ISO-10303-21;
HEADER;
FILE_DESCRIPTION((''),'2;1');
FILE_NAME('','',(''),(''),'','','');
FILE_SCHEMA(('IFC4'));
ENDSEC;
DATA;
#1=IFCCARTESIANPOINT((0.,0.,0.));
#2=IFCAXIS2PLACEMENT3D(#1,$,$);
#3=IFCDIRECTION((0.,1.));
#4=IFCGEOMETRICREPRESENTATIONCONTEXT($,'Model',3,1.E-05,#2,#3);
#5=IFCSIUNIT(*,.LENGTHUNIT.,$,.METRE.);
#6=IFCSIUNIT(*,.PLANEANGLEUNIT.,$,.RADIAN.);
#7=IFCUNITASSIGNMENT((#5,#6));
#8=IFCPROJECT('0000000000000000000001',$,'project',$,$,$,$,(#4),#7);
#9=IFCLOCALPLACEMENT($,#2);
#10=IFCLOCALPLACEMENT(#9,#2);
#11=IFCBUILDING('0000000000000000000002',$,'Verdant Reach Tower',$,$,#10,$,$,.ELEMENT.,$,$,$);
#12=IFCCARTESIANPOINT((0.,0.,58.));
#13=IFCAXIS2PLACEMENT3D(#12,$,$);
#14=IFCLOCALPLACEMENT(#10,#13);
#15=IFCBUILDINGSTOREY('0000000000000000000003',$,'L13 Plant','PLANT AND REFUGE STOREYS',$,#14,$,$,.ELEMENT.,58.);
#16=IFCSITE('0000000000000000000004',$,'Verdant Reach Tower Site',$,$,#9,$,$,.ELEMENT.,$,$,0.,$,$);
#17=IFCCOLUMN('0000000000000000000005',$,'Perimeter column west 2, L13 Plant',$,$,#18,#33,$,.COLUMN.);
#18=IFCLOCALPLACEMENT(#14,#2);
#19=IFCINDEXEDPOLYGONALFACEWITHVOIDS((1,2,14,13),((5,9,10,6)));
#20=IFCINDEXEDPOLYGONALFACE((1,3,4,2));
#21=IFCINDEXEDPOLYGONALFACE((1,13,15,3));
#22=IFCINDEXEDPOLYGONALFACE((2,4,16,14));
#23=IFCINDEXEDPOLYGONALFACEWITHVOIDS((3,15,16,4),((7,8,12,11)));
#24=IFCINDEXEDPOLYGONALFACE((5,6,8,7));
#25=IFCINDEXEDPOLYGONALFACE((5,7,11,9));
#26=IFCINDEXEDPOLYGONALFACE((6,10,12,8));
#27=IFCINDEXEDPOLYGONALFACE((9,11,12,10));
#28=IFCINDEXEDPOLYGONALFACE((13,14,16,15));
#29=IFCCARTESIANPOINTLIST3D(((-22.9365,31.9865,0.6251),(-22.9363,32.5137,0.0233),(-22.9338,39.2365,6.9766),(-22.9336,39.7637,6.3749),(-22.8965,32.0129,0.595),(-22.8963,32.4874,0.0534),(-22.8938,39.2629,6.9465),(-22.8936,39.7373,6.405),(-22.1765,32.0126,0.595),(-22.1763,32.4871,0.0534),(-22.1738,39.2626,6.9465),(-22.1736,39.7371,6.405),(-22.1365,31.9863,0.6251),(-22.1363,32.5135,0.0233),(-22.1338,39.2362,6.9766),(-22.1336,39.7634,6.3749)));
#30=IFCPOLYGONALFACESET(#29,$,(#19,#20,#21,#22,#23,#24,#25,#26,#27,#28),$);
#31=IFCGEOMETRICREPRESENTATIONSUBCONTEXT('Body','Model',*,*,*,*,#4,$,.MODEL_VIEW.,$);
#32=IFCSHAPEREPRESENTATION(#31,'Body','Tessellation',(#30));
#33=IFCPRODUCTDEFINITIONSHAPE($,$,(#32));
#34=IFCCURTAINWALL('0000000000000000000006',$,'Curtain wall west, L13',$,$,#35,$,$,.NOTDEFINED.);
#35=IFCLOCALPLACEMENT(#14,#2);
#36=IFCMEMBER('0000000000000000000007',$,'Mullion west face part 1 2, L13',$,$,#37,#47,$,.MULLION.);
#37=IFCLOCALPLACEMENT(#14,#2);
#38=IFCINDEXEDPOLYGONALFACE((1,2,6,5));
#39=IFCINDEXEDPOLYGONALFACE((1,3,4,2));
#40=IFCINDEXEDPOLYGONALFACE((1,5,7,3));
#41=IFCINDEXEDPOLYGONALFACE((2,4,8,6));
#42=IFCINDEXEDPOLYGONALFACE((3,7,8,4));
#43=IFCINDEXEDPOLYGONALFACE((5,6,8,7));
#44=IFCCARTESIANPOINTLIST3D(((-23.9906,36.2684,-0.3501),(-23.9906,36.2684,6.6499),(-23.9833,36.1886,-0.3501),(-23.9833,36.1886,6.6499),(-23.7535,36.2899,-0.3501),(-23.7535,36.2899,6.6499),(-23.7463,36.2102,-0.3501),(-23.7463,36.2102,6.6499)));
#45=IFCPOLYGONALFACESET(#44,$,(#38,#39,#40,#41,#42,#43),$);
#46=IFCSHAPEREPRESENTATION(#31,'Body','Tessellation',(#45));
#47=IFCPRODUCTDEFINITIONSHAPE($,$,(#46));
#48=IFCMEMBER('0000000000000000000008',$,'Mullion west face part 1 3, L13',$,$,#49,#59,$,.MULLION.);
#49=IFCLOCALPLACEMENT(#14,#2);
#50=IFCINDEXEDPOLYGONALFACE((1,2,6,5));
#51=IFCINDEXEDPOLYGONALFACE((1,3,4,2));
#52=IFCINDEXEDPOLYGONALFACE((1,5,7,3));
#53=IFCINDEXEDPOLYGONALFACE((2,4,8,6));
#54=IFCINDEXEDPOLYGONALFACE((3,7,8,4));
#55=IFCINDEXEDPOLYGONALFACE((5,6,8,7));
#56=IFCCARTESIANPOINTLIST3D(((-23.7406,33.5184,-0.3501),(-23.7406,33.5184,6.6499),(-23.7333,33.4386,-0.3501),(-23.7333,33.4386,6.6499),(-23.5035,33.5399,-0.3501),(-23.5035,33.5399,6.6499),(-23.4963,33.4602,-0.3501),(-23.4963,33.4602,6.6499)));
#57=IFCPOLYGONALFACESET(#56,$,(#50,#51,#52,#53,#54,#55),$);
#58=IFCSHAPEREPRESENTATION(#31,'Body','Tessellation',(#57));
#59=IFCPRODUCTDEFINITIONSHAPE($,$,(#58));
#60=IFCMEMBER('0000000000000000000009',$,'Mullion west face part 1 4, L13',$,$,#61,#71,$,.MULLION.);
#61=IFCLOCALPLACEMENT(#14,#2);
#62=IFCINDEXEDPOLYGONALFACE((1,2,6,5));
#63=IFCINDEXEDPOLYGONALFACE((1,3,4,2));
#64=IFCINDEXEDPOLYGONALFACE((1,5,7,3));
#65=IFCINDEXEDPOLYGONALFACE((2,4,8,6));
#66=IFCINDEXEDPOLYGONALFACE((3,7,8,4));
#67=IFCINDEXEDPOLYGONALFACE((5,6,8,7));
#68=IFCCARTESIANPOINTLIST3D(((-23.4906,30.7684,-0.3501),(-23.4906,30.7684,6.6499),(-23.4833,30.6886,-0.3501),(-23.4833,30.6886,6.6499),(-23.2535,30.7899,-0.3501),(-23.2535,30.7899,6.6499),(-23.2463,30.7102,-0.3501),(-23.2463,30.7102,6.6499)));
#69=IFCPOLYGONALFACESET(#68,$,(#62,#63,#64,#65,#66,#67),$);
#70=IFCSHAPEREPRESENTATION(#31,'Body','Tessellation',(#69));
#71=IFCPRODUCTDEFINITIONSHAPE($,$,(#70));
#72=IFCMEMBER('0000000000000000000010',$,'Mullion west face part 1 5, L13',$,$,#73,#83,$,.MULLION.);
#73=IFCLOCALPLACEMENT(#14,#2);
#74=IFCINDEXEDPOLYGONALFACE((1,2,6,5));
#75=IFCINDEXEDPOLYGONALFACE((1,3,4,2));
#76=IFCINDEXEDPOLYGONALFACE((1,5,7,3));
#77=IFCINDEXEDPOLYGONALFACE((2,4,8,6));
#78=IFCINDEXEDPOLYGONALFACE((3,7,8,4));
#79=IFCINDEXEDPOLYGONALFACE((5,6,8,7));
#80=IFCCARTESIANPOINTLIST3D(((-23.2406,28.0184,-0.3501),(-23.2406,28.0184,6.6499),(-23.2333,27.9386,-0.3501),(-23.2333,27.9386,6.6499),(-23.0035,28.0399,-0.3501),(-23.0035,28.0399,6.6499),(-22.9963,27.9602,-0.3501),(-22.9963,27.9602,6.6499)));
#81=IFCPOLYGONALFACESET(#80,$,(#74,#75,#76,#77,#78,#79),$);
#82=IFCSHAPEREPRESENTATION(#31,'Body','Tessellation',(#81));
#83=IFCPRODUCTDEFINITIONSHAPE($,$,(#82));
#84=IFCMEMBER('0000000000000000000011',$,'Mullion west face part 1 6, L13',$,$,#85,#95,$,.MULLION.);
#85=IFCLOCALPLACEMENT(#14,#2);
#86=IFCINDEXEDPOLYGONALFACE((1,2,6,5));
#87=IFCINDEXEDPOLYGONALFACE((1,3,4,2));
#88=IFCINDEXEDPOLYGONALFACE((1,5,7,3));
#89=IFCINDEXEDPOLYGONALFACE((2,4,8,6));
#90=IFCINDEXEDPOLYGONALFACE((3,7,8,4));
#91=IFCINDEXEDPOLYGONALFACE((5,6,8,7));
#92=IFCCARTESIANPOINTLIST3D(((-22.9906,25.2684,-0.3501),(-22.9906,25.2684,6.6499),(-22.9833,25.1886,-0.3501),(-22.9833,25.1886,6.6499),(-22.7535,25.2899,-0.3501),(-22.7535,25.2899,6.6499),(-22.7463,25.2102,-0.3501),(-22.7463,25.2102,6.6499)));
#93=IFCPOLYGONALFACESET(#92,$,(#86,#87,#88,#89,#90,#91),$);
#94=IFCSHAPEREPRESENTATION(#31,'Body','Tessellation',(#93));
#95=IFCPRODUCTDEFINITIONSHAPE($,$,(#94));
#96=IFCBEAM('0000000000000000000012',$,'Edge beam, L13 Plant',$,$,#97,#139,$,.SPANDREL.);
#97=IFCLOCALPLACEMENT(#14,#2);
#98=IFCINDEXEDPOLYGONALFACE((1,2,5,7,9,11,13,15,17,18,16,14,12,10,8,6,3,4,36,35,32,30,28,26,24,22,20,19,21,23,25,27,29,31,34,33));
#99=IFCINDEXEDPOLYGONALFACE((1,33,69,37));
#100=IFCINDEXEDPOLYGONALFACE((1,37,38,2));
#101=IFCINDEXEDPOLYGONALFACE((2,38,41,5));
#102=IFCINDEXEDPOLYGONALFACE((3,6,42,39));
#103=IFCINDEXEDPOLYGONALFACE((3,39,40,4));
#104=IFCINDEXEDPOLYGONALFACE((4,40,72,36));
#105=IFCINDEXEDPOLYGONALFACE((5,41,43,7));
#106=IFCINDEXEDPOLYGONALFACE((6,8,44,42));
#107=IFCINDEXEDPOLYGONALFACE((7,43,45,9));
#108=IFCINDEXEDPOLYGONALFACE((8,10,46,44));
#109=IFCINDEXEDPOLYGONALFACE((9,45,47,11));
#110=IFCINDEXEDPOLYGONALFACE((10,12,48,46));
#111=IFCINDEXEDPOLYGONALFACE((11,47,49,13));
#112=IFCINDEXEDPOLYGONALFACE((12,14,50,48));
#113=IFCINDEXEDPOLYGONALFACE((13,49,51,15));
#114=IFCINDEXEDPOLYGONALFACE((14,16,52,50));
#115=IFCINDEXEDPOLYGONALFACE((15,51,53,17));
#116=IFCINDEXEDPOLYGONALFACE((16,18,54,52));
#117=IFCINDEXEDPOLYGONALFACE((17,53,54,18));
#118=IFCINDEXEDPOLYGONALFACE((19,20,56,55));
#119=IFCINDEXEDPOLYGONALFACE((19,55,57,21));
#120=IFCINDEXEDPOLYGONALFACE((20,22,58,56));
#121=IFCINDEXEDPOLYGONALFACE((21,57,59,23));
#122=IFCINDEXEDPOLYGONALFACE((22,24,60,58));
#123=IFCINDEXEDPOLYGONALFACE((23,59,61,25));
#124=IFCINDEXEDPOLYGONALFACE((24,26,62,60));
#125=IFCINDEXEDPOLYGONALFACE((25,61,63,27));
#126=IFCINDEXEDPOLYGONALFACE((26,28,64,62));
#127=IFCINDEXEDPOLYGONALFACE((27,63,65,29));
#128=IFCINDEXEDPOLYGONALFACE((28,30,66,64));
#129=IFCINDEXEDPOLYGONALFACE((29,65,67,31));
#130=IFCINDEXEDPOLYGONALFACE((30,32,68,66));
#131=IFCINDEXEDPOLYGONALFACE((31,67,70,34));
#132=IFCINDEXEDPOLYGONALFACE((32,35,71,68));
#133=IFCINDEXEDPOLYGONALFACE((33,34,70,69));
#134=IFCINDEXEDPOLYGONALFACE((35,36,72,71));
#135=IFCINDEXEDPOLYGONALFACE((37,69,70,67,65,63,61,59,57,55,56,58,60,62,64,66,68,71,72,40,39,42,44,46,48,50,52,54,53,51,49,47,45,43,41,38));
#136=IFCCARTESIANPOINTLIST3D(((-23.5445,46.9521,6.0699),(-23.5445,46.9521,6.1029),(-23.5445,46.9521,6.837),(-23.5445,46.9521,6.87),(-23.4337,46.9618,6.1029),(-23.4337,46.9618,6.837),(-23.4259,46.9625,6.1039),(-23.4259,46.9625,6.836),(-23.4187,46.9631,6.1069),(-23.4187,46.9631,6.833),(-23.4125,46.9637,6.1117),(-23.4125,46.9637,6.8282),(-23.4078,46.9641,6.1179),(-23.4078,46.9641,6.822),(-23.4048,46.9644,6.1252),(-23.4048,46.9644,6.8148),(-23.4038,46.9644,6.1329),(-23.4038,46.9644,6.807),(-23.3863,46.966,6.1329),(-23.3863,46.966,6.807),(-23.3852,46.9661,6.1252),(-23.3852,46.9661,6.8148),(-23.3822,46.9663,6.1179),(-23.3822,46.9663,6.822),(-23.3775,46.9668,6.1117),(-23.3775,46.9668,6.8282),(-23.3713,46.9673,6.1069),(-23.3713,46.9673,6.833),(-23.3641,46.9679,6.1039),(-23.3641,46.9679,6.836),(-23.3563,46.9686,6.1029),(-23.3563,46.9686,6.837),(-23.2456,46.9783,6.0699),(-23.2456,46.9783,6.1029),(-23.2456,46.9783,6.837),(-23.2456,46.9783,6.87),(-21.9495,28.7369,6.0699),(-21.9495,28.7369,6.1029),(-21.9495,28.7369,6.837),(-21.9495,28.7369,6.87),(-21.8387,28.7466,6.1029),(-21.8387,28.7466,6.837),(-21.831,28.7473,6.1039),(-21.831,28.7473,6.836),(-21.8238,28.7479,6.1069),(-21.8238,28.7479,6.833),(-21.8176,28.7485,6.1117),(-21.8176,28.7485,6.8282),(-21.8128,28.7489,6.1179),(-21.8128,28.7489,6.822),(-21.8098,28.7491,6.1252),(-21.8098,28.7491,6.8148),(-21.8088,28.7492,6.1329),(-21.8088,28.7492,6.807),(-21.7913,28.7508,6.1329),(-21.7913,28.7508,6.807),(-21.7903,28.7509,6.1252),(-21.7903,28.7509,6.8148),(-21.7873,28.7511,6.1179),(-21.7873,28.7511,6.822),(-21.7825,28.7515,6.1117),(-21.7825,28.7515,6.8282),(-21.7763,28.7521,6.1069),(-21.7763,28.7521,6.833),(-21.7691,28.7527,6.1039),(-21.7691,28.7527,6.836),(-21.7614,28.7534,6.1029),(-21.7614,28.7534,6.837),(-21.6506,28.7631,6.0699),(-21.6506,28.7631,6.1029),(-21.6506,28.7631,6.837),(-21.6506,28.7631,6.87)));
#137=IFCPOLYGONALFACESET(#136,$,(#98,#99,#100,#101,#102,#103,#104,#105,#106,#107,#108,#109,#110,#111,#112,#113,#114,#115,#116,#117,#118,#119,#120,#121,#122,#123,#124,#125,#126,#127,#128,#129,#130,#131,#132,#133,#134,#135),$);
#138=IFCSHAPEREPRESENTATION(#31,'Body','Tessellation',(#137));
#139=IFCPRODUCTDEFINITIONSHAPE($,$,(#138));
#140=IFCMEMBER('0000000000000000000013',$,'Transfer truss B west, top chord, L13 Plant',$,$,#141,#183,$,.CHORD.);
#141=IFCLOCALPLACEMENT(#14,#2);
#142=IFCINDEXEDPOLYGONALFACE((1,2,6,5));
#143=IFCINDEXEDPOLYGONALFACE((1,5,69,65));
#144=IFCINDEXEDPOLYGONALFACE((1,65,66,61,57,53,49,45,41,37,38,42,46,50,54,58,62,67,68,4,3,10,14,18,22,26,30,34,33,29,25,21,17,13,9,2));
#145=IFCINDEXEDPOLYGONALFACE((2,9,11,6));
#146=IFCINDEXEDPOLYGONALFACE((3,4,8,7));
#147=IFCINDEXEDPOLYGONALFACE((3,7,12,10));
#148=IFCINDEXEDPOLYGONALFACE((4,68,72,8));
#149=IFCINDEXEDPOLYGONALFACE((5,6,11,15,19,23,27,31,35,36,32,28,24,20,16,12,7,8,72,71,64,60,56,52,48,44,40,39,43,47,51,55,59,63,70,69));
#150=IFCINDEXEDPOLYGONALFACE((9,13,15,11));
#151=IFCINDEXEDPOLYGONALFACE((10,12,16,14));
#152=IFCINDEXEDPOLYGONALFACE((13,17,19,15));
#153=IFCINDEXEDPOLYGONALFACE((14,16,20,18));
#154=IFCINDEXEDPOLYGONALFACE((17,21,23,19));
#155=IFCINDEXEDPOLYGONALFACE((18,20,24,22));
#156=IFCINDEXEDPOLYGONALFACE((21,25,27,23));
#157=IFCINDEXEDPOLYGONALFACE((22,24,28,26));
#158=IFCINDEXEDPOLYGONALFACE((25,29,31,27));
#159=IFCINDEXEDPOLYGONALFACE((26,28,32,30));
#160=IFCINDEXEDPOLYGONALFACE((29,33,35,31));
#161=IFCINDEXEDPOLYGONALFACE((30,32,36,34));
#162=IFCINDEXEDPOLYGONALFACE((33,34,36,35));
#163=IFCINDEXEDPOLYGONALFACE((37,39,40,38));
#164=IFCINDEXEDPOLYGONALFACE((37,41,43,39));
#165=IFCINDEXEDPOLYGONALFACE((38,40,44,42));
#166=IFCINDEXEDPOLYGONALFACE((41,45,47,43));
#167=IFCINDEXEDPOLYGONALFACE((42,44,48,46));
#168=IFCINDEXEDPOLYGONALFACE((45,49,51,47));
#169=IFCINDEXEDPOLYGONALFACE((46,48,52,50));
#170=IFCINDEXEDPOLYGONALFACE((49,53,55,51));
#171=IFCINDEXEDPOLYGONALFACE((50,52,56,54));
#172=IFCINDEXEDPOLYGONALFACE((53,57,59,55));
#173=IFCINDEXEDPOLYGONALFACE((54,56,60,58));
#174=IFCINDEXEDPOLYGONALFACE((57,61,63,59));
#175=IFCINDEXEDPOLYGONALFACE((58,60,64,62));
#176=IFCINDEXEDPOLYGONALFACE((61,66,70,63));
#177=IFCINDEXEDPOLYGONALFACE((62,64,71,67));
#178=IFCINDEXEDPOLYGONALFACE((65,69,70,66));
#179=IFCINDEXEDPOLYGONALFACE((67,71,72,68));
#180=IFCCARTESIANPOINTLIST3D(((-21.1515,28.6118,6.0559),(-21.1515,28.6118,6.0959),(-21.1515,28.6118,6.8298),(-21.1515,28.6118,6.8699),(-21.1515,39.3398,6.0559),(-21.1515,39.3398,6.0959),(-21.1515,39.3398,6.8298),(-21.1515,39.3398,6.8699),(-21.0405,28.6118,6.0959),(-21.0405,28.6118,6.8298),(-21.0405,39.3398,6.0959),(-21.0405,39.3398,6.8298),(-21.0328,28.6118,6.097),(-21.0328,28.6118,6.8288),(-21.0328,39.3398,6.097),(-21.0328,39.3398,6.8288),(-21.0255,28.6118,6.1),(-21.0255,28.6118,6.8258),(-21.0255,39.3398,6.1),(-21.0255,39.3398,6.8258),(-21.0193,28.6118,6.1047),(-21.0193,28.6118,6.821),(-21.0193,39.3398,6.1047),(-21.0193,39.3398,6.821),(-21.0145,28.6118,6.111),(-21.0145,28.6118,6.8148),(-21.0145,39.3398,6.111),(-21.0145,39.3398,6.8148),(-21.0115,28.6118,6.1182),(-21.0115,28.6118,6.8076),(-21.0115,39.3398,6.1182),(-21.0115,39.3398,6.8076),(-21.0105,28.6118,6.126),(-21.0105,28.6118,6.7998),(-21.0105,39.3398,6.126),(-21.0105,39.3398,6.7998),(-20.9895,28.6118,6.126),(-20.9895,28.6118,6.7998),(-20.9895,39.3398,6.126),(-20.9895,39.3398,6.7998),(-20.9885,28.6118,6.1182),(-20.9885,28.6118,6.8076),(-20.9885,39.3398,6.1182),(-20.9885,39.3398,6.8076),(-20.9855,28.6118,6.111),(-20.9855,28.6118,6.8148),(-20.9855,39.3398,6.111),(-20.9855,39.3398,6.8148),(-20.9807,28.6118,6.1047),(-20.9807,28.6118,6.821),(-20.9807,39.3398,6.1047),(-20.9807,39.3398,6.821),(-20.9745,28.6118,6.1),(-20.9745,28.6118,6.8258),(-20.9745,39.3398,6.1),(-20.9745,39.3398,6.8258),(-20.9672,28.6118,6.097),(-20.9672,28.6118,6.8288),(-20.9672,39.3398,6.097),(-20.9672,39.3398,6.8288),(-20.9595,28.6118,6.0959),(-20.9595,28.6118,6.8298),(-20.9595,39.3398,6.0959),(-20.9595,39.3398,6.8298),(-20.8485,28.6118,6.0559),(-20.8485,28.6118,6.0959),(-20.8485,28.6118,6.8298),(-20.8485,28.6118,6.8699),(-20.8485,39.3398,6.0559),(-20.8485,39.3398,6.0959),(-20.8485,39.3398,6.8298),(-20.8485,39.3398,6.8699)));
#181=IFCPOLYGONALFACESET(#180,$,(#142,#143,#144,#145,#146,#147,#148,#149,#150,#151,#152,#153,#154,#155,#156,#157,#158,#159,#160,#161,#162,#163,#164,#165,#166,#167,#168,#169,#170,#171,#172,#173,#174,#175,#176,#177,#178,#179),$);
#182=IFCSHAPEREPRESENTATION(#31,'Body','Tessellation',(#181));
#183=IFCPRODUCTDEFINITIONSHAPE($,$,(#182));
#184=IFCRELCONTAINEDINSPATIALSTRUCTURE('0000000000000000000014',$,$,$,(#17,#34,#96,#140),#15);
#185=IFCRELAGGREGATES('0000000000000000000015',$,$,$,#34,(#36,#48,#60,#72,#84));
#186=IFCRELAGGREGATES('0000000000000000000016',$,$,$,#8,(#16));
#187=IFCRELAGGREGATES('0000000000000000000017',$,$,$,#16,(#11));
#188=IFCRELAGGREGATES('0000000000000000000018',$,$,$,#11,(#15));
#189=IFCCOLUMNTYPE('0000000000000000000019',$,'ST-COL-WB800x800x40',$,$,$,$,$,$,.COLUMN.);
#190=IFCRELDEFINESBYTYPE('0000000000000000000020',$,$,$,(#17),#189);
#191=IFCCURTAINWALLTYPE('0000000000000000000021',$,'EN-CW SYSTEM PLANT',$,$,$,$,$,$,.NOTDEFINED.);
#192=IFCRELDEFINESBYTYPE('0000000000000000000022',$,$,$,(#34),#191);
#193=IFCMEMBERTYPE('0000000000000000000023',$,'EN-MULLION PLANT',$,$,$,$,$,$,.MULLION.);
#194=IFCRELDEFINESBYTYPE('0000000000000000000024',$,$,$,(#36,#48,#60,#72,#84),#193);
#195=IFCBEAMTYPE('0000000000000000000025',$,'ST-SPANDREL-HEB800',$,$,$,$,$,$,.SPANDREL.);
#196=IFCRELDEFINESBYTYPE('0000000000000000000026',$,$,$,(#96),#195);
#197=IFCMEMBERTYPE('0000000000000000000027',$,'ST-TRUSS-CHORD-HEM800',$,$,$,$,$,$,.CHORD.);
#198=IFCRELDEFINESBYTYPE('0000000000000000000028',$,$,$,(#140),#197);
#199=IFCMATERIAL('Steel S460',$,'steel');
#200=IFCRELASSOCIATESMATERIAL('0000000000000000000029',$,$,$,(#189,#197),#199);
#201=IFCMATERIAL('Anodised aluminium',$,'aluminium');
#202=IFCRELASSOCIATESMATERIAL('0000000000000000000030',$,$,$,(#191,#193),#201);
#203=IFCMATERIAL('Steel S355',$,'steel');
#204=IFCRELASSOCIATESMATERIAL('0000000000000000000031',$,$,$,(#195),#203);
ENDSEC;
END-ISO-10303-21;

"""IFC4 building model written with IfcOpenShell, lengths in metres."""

from ifc_helpers import new_model, si_unit, direction, frame, origin, origin_2d, place, context, subcontext, project, spatial, rectangle, hollow_rectangle, i_section, extrude, material, material_profile, profile_set, type_object, element, aggregate, save


model = new_model("IFC4")

# Units and contexts
model_context = context("Model", 3, precision=1e-05, world=origin(), true_north=direction((0.0, 1.0)))
body_context = subcontext(model_context, "Body", "Model", "MODEL_VIEW")
ifc_project = project(units=[si_unit("LENGTHUNIT", "METRE"), si_unit("PLANEANGLEUNIT", "RADIAN")], contexts=[model_context])

# Site, building, storey
site_placement = place(None, origin())
site = spatial("IfcSite", under=ifc_project, at=site_placement, Name="Verdant Reach Tower Site", CompositionType="ELEMENT", RefElevation=0.0)
building_placement = place(site_placement, origin())
building = spatial("IfcBuilding", under=site, at=building_placement, Name="Verdant Reach Tower", CompositionType="ELEMENT")
storey_placement = place(building_placement, frame((0.0, 0.0, 58.0)))
storey = spatial("IfcBuildingStorey", under=building, at=storey_placement, Name="L13 Plant", Description="PLANT AND REFUGE STOREYS", CompositionType="ELEMENT", Elevation=58.0)

# Column
ifc_material_1 = material(Name="Steel S460", Category="steel")
ifc_material_profile_1 = material_profile(ifc_material_1, hollow_rectangle(XDim=0.8, YDim=0.8, WallThickness=0.04, at=origin_2d()), Name="WB 800x800x40")
ifc_profile_set_1 = profile_set([ifc_material_profile_1], Name="Steel S460")
column_type = type_object("IfcColumnType", Name="ST-COL-WB800x800x40", PredefinedType="COLUMN", material=ifc_profile_set_1)
column_placement = place(storey_placement, frame((-22.5364, 32.25, 0.3242), z_axis=(0.000279, 0.752175, 0.658964), x_axis=(-1.0, 0.00037, 0.0)))
element("IfcColumn", 1, at=column_placement, inside=storey, type_object=column_type, Name="Perimeter column west 2, L13 Plant", PredefinedType="COLUMN", context=body_context, shape_type="SweptSolid", body=[
    extrude(hollow_rectangle(XDim=0.8, YDim=0.8, WallThickness=0.04, at=origin_2d()), origin(), (0.0, 0.0, 1.0), 9.6387),
])

# Curtain wall, members
ifc_material_2 = material(Name="Anodised aluminium", Category="aluminium")
curtain_wall_type = type_object("IfcCurtainWallType", Name="EN-CW SYSTEM PLANT", PredefinedType="NOTDEFINED", material=ifc_material_2)
curtain_wall_placement = place(storey_placement, origin())
curtain_wall = element("IfcCurtainWall", 2, at=curtain_wall_placement, inside=storey, type_object=curtain_wall_type, Name="Curtain wall west, L13", PredefinedType="NOTDEFINED")
ifc_material_profile_2 = material_profile(ifc_material_2, rectangle(XDim=0.238, YDim=0.0801, at=origin_2d()), Name="Mullion 80x240")
ifc_profile_set_2 = profile_set([ifc_material_profile_2], Name="Anodised aluminium")
member_type_1 = type_object("IfcMemberType", Name="EN-MULLION PLANT", PredefinedType="MULLION", material=ifc_profile_set_2)
member_1_placement = place(storey_placement, frame((-23.8684, 36.2393, -0.3501), z_axis=(0.0, 0.0, 1.0), x_axis=(-0.995893, -0.090536, 0.0)))
member_1 = element("IfcMember", 3, at=member_1_placement, type_object=member_type_1, Name="Mullion west face part 1 2, L13", PredefinedType="MULLION", context=body_context, shape_type="SweptSolid", body=[
    extrude(rectangle(XDim=0.238, YDim=0.0801, at=origin_2d()), origin(), (0.0, 0.0, 1.0), 7.0),
])
member_2_placement = place(storey_placement, frame((-23.6184, 33.4893, -0.3501), z_axis=(0.0, 0.0, 1.0), x_axis=(-0.995893, -0.090536, 0.0)))
member_2 = element("IfcMember", 4, at=member_2_placement, type_object=member_type_1, Name="Mullion west face part 1 3, L13", PredefinedType="MULLION", context=body_context, shape_type="SweptSolid", body=[
    extrude(rectangle(XDim=0.238, YDim=0.0801, at=origin_2d()), origin(), (0.0, 0.0, 1.0), 7.0),
])
member_3_placement = place(storey_placement, frame((-23.3684, 30.7393, -0.3501), z_axis=(0.0, 0.0, 1.0), x_axis=(-0.995893, -0.090536, 0.0)))
member_3 = element("IfcMember", 5, at=member_3_placement, type_object=member_type_1, Name="Mullion west face part 1 4, L13", PredefinedType="MULLION", context=body_context, shape_type="SweptSolid", body=[
    extrude(rectangle(XDim=0.238, YDim=0.0801, at=origin_2d()), origin(), (0.0, 0.0, 1.0), 7.0),
])
member_4_placement = place(storey_placement, frame((-23.1184, 27.9893, -0.3501), z_axis=(0.0, 0.0, 1.0), x_axis=(-0.995893, -0.090536, 0.0)))
member_4 = element("IfcMember", 6, at=member_4_placement, type_object=member_type_1, Name="Mullion west face part 1 5, L13", PredefinedType="MULLION", context=body_context, shape_type="SweptSolid", body=[
    extrude(rectangle(XDim=0.238, YDim=0.0801, at=origin_2d()), origin(), (0.0, 0.0, 1.0), 7.0),
])
member_5_placement = place(storey_placement, frame((-22.8684, 25.2393, -0.3501), z_axis=(0.0, 0.0, 1.0), x_axis=(-0.995893, -0.090536, 0.0)))
member_5 = element("IfcMember", 7, at=member_5_placement, type_object=member_type_1, Name="Mullion west face part 1 6, L13", PredefinedType="MULLION", context=body_context, shape_type="SweptSolid", body=[
    extrude(rectangle(XDim=0.238, YDim=0.0801, at=origin_2d()), origin(), (0.0, 0.0, 1.0), 7.0),
])

# Beam
ifc_material_3 = material(Name="Steel S355", Category="steel")
ifc_material_profile_3 = material_profile(ifc_material_3, i_section(OverallWidth=0.3, OverallDepth=0.8, WebThickness=0.0176, FlangeThickness=0.033, FilletRadius=0.03, at=origin_2d()), Name="HEB 800")
ifc_profile_set_3 = profile_set([ifc_material_profile_3], Name="Steel S355")
beam_type = type_object("IfcBeamType", Name="ST-SPANDREL-HEB800", PredefinedType="SPANDREL", material=ifc_profile_set_3)
beam_placement = place(storey_placement, frame((-21.8, 28.75, 6.47), z_axis=(-0.087228, 0.996188, 0.0), x_axis=(-0.996188, -0.087228, 0.0)))
element("IfcBeam", 8, at=beam_placement, inside=storey, type_object=beam_type, Name="Edge beam, L13 Plant", PredefinedType="SPANDREL", context=body_context, shape_type="SweptSolid", body=[
    extrude(i_section(OverallWidth=0.3, OverallDepth=0.8, WebThickness=0.0176, FlangeThickness=0.033, FilletRadius=0.03, at=origin_2d()), origin(), (0.0, 0.0, 1.0), 18.2849),
])

# Member
ifc_material_profile_4 = material_profile(ifc_material_1, i_section(OverallWidth=0.303, OverallDepth=0.814, WebThickness=0.021, FlangeThickness=0.04, FilletRadius=0.03, at=origin_2d()), Name="HEM 800")
ifc_profile_set_4 = profile_set([ifc_material_profile_4], Name="Steel S460")
member_type_2 = type_object("IfcMemberType", Name="ST-TRUSS-CHORD-HEM800", PredefinedType="CHORD", material=ifc_profile_set_4)
member_6_placement = place(storey_placement, frame((-21.0, 28.6118, 6.4629), z_axis=(0.0, 1.0, 0.0), x_axis=(-1.0, 0.0, 0.0)))
element("IfcMember", 9, at=member_6_placement, inside=storey, type_object=member_type_2, Name="Transfer truss B west, top chord, L13 Plant", PredefinedType="CHORD", context=body_context, shape_type="SweptSolid", body=[
    extrude(i_section(OverallWidth=0.303, OverallDepth=0.814, WebThickness=0.021, FlangeThickness=0.04, FilletRadius=0.03, at=origin_2d()), origin(), (0.0, 0.0, 1.0), 10.728),
])

aggregate(curtain_wall, [member_1, member_2, member_3, member_4, member_5])

save(model, "model.ifc")
